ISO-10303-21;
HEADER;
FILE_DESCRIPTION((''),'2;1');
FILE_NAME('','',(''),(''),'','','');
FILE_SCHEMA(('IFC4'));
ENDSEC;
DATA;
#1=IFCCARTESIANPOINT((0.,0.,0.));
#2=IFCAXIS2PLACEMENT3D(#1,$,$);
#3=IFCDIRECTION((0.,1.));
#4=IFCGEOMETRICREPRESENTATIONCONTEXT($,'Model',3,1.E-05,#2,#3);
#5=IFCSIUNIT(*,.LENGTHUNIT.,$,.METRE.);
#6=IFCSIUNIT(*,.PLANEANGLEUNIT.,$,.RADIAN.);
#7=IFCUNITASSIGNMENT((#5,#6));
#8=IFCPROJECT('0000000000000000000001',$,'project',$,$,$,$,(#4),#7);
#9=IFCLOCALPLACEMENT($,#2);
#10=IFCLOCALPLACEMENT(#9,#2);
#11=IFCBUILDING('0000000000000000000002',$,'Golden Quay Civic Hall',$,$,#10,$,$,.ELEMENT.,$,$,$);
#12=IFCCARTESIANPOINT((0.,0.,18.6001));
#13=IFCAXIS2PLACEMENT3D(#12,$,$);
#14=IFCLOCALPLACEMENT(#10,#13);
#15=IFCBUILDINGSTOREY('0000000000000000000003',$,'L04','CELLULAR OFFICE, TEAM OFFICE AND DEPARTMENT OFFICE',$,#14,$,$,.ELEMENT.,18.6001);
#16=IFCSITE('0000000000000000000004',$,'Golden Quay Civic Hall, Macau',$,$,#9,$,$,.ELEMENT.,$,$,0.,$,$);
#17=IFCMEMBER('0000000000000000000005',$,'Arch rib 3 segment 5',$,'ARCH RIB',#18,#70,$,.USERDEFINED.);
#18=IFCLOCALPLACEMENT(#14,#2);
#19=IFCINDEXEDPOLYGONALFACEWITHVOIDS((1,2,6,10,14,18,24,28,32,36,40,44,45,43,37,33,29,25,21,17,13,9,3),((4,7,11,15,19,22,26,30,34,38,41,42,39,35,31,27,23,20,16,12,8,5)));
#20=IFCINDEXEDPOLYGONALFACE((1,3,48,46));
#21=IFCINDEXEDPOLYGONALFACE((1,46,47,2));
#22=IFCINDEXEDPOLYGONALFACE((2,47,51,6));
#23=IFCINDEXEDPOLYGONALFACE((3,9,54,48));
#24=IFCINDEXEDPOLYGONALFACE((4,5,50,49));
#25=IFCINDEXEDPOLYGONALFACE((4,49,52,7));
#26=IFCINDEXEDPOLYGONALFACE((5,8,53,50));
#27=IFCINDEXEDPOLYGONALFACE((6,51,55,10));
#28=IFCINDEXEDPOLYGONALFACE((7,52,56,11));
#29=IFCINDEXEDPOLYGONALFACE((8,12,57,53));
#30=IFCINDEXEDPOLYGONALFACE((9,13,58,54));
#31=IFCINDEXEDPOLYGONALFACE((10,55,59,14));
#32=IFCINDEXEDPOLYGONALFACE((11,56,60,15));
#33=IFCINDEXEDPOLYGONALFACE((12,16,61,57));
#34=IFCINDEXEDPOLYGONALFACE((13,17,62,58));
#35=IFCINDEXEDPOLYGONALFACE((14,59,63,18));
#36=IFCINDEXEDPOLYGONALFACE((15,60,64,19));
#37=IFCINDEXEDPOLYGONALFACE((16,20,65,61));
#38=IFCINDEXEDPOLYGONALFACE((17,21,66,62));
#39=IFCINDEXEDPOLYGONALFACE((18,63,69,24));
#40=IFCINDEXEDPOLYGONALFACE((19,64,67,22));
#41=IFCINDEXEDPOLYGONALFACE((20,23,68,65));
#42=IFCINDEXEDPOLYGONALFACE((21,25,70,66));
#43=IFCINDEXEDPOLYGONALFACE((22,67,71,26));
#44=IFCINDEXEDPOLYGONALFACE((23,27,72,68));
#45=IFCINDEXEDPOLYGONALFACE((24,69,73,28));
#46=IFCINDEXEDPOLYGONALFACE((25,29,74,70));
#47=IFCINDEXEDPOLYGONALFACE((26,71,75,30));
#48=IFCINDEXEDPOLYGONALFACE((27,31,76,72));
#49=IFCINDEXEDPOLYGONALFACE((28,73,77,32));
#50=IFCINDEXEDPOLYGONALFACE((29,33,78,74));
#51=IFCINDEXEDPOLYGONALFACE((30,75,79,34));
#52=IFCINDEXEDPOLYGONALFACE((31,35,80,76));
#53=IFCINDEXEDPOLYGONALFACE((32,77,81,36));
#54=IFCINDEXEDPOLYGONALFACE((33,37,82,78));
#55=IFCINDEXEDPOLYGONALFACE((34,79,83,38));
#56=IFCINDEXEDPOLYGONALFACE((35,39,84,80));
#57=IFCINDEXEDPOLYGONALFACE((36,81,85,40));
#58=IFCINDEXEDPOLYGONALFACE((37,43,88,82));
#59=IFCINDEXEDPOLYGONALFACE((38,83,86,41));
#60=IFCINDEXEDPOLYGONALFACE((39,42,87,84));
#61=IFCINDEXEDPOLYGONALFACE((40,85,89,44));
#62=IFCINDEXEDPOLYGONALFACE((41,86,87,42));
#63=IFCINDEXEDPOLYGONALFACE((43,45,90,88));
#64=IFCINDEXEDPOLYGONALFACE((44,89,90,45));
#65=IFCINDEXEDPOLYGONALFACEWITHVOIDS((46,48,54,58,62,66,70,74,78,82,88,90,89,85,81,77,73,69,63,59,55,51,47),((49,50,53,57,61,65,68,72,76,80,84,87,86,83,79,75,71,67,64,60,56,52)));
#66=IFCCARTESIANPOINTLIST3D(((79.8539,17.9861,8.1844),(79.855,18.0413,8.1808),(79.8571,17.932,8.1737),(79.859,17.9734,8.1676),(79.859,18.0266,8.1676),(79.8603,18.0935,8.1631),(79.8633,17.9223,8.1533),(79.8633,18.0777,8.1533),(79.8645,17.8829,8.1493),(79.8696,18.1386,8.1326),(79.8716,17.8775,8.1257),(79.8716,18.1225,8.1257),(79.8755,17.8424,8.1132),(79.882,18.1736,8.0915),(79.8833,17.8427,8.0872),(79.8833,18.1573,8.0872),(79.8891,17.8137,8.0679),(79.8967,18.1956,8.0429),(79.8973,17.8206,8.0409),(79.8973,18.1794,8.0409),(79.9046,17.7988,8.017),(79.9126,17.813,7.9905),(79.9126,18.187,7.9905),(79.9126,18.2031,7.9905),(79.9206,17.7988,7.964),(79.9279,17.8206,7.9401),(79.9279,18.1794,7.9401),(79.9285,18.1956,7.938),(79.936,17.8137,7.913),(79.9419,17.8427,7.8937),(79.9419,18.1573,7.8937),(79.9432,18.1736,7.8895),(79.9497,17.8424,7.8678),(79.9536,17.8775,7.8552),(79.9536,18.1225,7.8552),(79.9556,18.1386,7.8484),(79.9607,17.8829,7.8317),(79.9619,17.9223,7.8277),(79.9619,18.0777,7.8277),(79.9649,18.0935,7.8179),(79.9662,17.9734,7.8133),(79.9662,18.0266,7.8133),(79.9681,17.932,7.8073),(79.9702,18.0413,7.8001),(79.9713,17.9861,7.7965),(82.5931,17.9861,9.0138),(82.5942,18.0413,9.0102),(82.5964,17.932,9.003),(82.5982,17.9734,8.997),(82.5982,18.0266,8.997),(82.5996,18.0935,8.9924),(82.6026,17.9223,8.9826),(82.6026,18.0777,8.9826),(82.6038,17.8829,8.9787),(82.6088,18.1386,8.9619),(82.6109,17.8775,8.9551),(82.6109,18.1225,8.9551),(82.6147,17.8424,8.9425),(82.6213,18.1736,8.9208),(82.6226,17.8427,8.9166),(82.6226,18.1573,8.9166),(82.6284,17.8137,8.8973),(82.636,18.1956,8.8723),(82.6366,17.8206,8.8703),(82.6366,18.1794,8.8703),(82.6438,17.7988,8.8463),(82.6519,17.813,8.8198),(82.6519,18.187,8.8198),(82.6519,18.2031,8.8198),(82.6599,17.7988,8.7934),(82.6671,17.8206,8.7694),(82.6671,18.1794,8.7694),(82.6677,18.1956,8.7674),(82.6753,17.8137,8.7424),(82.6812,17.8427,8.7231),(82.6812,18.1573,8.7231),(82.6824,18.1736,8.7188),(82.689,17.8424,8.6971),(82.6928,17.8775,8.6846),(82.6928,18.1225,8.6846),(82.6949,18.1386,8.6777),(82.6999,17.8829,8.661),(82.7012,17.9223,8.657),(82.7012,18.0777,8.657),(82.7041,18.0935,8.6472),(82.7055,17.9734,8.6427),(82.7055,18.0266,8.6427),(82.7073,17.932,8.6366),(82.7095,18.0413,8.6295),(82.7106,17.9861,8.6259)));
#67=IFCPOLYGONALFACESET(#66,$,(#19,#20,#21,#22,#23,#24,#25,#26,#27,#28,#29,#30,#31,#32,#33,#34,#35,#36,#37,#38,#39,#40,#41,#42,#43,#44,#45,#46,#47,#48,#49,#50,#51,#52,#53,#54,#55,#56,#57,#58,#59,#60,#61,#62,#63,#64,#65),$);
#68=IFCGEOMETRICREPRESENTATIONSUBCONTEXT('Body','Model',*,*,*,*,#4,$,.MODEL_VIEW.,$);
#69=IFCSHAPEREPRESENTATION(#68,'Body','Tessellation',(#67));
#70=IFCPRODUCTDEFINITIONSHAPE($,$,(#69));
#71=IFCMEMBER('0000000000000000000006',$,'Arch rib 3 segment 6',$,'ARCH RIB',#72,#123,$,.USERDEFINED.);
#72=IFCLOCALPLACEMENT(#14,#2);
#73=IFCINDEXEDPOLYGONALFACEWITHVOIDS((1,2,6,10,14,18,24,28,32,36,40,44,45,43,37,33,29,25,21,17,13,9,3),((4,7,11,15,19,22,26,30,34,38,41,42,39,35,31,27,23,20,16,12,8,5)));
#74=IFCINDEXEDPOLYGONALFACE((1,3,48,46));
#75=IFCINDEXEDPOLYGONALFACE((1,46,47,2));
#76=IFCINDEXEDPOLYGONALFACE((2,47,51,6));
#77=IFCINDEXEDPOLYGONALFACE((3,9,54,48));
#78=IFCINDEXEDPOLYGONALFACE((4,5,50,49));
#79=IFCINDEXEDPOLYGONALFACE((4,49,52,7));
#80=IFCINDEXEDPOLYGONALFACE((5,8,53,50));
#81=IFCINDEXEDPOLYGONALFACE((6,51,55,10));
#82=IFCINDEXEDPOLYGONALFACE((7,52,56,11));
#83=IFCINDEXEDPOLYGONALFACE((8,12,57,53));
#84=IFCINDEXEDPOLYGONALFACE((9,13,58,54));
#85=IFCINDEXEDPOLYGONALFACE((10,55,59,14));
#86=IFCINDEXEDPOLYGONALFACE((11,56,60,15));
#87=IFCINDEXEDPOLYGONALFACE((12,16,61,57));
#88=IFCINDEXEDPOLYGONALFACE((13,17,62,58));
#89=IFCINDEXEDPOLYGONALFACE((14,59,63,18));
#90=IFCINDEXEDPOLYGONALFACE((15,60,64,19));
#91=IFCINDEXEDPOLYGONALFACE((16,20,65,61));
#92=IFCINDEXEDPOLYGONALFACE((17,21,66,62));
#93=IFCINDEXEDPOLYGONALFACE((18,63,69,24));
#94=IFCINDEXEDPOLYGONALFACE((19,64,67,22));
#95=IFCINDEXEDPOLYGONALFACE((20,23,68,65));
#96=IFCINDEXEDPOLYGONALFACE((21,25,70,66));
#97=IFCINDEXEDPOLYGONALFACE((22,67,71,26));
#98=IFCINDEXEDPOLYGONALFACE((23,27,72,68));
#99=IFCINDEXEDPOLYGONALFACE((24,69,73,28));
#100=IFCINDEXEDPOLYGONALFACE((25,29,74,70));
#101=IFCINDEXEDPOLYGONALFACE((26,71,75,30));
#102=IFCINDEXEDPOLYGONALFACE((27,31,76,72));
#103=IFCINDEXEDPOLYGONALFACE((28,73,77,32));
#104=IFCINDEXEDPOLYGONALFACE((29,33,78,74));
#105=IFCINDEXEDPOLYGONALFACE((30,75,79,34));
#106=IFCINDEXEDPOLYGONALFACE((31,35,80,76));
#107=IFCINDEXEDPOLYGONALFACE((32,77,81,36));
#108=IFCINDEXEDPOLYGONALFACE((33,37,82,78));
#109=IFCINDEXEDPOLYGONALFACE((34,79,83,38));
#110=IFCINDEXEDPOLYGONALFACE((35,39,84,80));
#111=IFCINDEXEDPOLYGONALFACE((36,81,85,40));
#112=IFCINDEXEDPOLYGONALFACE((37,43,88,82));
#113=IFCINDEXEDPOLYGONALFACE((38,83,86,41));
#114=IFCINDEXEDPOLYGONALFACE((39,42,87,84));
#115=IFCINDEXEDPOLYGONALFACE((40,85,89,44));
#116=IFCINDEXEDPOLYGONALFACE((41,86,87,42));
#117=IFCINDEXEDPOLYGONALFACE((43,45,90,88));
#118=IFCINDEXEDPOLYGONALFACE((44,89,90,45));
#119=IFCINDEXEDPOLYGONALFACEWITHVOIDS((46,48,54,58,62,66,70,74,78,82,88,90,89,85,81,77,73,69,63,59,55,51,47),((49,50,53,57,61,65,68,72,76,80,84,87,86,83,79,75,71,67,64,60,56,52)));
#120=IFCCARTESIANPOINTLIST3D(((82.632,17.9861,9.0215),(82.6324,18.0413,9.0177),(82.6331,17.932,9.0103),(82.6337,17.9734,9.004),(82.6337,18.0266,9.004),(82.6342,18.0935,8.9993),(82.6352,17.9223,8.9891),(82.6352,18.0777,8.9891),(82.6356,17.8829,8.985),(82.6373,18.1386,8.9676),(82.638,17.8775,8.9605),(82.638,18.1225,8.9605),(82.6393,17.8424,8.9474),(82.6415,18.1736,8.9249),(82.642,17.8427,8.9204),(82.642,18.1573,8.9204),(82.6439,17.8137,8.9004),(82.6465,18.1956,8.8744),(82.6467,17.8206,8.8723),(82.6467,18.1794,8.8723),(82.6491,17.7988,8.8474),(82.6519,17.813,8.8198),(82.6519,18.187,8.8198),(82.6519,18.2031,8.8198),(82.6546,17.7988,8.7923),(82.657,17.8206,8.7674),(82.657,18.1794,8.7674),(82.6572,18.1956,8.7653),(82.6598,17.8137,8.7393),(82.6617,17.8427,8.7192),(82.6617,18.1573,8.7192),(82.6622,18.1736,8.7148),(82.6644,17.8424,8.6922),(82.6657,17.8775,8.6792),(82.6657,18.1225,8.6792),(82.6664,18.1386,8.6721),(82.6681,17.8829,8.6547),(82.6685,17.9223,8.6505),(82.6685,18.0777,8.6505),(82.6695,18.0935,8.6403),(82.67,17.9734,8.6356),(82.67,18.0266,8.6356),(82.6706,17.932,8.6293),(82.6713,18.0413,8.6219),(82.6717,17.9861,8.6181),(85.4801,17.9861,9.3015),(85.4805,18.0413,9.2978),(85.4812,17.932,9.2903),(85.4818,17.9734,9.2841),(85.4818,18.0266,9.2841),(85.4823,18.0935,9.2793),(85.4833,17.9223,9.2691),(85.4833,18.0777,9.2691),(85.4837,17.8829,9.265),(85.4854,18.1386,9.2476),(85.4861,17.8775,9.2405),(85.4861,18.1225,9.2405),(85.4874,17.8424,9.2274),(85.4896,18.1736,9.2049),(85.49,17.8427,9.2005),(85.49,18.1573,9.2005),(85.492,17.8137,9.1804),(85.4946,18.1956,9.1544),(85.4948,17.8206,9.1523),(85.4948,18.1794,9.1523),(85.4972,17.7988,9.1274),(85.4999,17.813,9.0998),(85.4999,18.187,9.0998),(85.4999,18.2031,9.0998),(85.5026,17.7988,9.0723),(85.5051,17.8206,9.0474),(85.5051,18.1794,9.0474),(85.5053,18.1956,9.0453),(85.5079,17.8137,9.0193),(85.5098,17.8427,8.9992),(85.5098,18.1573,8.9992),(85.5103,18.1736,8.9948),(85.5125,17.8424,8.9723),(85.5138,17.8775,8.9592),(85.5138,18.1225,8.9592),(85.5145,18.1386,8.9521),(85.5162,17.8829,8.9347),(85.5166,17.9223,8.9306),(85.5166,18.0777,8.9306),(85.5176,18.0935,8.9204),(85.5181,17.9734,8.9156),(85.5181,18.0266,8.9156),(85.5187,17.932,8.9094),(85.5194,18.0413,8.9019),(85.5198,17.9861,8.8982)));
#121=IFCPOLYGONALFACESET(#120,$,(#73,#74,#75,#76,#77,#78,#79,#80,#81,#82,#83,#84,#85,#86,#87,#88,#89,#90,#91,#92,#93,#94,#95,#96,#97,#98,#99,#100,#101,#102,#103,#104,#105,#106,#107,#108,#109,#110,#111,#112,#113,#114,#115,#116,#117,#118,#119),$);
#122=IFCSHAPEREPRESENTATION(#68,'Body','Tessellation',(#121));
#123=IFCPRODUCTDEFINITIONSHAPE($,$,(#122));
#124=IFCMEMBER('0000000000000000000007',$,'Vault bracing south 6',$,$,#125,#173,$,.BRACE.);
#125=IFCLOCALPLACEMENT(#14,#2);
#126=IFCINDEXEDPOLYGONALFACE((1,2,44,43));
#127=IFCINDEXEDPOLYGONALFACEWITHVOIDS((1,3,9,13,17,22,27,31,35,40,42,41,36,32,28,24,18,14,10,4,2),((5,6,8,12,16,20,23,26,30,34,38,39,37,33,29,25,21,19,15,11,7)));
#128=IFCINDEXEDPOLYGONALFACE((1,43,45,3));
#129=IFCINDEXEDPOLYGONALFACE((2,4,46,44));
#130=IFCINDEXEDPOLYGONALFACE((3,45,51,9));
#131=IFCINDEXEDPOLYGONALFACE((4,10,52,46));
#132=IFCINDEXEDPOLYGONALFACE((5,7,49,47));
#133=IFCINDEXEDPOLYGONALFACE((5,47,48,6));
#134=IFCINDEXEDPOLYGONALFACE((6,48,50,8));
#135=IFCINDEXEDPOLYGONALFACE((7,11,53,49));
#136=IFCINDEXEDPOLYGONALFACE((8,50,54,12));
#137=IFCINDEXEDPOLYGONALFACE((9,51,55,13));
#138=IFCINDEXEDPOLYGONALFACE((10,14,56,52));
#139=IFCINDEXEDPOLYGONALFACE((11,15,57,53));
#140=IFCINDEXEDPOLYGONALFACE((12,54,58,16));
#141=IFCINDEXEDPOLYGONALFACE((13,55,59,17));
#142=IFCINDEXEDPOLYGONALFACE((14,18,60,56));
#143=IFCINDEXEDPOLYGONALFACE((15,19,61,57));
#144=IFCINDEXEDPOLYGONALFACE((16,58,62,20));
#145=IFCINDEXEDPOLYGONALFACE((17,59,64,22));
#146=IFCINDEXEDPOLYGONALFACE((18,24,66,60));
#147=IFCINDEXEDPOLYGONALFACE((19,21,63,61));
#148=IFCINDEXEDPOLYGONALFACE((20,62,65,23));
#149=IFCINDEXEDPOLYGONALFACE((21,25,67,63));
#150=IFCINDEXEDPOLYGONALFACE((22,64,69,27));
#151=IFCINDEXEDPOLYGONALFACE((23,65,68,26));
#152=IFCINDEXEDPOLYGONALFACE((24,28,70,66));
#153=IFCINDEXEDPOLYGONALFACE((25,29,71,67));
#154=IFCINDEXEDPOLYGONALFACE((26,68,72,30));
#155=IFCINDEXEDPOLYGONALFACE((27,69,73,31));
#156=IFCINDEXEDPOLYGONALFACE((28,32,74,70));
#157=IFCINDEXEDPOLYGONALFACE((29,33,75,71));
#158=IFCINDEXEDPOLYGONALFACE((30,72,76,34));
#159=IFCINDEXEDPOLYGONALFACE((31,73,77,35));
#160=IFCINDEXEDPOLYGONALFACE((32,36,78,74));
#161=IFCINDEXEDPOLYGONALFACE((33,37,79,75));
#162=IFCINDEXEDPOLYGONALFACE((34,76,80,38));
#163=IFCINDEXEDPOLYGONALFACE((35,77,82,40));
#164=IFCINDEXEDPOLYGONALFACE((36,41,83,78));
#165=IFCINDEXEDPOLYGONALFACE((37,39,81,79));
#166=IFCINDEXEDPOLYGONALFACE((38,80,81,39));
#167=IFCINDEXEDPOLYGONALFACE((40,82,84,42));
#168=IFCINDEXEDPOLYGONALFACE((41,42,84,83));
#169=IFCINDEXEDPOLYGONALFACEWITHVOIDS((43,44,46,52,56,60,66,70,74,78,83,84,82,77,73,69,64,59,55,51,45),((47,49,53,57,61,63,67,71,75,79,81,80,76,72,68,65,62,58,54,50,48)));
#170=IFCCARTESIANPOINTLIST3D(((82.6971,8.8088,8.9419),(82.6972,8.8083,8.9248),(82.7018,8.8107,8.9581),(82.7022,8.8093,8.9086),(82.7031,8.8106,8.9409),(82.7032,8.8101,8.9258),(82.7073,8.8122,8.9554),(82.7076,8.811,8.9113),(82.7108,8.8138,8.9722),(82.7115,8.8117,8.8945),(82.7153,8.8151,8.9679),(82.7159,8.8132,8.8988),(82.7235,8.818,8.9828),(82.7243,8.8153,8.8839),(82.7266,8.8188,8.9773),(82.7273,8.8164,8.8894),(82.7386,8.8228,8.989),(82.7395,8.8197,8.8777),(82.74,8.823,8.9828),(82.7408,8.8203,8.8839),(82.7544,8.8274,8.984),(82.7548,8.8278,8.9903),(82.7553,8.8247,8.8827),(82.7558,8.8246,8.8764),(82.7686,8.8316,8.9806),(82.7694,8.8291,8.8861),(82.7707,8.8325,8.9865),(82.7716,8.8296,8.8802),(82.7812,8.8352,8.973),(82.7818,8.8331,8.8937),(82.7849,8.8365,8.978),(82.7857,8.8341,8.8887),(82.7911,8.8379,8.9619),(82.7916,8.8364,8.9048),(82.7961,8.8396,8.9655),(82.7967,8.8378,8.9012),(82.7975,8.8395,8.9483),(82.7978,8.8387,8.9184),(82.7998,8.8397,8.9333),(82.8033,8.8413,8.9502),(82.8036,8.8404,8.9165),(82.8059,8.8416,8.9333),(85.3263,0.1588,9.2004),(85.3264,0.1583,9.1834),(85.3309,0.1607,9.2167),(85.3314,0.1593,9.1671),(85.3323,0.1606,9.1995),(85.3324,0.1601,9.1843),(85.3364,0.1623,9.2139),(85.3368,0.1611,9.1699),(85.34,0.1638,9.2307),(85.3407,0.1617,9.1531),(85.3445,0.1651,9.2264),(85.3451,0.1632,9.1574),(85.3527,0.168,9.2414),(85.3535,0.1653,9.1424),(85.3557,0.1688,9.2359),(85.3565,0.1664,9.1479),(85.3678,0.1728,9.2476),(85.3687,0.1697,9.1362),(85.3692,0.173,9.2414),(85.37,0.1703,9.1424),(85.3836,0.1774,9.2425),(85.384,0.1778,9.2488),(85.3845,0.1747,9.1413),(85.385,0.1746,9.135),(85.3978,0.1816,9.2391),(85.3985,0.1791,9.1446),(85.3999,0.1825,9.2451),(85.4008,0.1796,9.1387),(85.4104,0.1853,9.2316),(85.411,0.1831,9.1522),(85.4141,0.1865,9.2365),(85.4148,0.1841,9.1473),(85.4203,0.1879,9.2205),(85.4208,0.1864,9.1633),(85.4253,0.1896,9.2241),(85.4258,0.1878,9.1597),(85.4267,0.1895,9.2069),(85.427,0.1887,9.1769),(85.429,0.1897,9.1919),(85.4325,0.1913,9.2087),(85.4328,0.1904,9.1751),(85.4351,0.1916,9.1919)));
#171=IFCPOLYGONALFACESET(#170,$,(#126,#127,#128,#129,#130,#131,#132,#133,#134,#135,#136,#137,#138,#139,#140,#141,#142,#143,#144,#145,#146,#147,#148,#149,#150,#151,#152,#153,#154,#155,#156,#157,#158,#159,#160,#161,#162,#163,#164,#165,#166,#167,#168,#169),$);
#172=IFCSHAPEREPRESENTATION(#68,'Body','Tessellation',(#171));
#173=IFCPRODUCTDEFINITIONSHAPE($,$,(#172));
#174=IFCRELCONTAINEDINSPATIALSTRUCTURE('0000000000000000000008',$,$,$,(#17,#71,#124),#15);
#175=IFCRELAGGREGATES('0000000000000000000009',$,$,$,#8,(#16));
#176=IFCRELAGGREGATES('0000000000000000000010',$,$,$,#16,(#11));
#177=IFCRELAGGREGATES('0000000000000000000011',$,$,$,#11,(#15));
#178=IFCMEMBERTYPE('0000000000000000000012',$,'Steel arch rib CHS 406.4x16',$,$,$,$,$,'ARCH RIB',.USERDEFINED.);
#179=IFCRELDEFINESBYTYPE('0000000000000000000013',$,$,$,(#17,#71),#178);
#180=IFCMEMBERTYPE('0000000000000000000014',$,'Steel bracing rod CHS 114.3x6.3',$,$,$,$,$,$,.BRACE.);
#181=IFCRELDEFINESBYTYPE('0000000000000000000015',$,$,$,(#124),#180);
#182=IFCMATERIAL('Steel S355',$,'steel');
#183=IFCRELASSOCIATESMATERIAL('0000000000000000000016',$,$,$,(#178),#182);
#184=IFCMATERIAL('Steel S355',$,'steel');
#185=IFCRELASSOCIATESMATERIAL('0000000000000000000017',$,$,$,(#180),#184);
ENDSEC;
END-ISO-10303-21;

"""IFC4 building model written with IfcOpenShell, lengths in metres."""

from ifc_helpers import new_model, si_unit, direction, frame, origin, origin_2d, place, context, subcontext, project, spatial, hollow_circle, extrude, material, material_profile, profile_set, type_object, element, save


model = new_model("IFC4")

# Units and contexts
model_context = context("Model", 3, precision=1e-05, world=origin(), true_north=direction((0.0, 1.0)))
body_context = subcontext(model_context, "Body", "Model", "MODEL_VIEW")
ifc_project = project(units=[si_unit("LENGTHUNIT", "METRE"), si_unit("PLANEANGLEUNIT", "RADIAN")], contexts=[model_context])

# Site, building, storey
site_placement = place(None, origin())
site = spatial("IfcSite", under=ifc_project, at=site_placement, Name="Golden Quay Civic Hall, Macau", CompositionType="ELEMENT", RefElevation=0.0)
building_placement = place(site_placement, origin())
building = spatial("IfcBuilding", under=site, at=building_placement, Name="Golden Quay Civic Hall", CompositionType="ELEMENT")
storey_placement = place(building_placement, frame((0.0, 0.0, 18.6001)))
storey = spatial("IfcBuildingStorey", under=building, at=storey_placement, Name="L04", Description="CELLULAR OFFICE, TEAM OFFICE AND DEPARTMENT OFFICE", CompositionType="ELEMENT", Elevation=18.6001)

# Members
ifc_material_1 = material(Name="Steel S355", Category="steel")
ifc_material_profile_1 = material_profile(ifc_material_1, hollow_circle(Radius=0.2031, WallThickness=0.0161, at=origin_2d()), Name="CHS 406.4x16")
ifc_profile_set_1 = profile_set([ifc_material_profile_1], Name="Steel S355")
member_type_1 = type_object("IfcMemberType", Name="Steel arch rib CHS 406.4x16", ElementType="ARCH RIB", PredefinedType="USERDEFINED", material=ifc_profile_set_1)
member_1_placement = place(storey_placement, frame((79.9126, 18.0, 7.9905), z_axis=(0.957095, 0.0, 0.289773), x_axis=(0.0, 1.0, 0.0)))
element("IfcMember", 1, at=member_1_placement, inside=storey, type_object=member_type_1, Name="Arch rib 3 segment 5", ObjectType="ARCH RIB", PredefinedType="USERDEFINED", context=body_context, shape_type="SweptSolid", body=[
    extrude(hollow_circle(Radius=0.2031, WallThickness=0.0161, at=origin_2d()), origin(), (0.0, 0.0, 1.0), 2.8621),
])
member_2_placement = place(storey_placement, frame((82.6519, 18.0, 8.8198), z_axis=(0.995201, 0.0, 0.097848), x_axis=(0.0, 1.0, 0.0)))
element("IfcMember", 2, at=member_2_placement, inside=storey, type_object=member_type_1, Name="Arch rib 3 segment 6", ObjectType="ARCH RIB", PredefinedType="USERDEFINED", context=body_context, shape_type="SweptSolid", body=[
    extrude(hollow_circle(Radius=0.2031, WallThickness=0.0161, at=origin_2d()), origin(), (0.0, 0.0, 1.0), 2.8618),
])
ifc_material_2 = material(Name="Steel S355", Category="steel")
ifc_material_profile_2 = material_profile(ifc_material_2, hollow_circle(Radius=0.0571, WallThickness=0.0063, at=origin_2d()), Name="CHS 114.3x6.3")
ifc_profile_set_2 = profile_set([ifc_material_profile_2], Name="Steel S355")
member_type_2 = type_object("IfcMemberType", Name="Steel bracing rod CHS 114.3x6.3", PredefinedType="BRACE", material=ifc_profile_set_2)
for number, where, z_axis, x_axis, name in (
    (3, (82.7512, 8.825, 8.9333), (0.290696, -0.956388, 0.028586), (0.956779, 0.290815, 0.0), "Vault bracing south 6"),
):
    element("IfcMember", number, at=place(storey_placement, frame(where, z_axis=z_axis, x_axis=x_axis)), inside=storey, type_object=member_type_2, Name=name, PredefinedType="BRACE", context=body_context, shape_type="SweptSolid", body=[
        extrude(hollow_circle(Radius=0.0571, WallThickness=0.0063, at=origin_2d()), origin(), (0.0, 0.0, 1.0), 9.0444),
    ])

save(model, "model.ifc")
